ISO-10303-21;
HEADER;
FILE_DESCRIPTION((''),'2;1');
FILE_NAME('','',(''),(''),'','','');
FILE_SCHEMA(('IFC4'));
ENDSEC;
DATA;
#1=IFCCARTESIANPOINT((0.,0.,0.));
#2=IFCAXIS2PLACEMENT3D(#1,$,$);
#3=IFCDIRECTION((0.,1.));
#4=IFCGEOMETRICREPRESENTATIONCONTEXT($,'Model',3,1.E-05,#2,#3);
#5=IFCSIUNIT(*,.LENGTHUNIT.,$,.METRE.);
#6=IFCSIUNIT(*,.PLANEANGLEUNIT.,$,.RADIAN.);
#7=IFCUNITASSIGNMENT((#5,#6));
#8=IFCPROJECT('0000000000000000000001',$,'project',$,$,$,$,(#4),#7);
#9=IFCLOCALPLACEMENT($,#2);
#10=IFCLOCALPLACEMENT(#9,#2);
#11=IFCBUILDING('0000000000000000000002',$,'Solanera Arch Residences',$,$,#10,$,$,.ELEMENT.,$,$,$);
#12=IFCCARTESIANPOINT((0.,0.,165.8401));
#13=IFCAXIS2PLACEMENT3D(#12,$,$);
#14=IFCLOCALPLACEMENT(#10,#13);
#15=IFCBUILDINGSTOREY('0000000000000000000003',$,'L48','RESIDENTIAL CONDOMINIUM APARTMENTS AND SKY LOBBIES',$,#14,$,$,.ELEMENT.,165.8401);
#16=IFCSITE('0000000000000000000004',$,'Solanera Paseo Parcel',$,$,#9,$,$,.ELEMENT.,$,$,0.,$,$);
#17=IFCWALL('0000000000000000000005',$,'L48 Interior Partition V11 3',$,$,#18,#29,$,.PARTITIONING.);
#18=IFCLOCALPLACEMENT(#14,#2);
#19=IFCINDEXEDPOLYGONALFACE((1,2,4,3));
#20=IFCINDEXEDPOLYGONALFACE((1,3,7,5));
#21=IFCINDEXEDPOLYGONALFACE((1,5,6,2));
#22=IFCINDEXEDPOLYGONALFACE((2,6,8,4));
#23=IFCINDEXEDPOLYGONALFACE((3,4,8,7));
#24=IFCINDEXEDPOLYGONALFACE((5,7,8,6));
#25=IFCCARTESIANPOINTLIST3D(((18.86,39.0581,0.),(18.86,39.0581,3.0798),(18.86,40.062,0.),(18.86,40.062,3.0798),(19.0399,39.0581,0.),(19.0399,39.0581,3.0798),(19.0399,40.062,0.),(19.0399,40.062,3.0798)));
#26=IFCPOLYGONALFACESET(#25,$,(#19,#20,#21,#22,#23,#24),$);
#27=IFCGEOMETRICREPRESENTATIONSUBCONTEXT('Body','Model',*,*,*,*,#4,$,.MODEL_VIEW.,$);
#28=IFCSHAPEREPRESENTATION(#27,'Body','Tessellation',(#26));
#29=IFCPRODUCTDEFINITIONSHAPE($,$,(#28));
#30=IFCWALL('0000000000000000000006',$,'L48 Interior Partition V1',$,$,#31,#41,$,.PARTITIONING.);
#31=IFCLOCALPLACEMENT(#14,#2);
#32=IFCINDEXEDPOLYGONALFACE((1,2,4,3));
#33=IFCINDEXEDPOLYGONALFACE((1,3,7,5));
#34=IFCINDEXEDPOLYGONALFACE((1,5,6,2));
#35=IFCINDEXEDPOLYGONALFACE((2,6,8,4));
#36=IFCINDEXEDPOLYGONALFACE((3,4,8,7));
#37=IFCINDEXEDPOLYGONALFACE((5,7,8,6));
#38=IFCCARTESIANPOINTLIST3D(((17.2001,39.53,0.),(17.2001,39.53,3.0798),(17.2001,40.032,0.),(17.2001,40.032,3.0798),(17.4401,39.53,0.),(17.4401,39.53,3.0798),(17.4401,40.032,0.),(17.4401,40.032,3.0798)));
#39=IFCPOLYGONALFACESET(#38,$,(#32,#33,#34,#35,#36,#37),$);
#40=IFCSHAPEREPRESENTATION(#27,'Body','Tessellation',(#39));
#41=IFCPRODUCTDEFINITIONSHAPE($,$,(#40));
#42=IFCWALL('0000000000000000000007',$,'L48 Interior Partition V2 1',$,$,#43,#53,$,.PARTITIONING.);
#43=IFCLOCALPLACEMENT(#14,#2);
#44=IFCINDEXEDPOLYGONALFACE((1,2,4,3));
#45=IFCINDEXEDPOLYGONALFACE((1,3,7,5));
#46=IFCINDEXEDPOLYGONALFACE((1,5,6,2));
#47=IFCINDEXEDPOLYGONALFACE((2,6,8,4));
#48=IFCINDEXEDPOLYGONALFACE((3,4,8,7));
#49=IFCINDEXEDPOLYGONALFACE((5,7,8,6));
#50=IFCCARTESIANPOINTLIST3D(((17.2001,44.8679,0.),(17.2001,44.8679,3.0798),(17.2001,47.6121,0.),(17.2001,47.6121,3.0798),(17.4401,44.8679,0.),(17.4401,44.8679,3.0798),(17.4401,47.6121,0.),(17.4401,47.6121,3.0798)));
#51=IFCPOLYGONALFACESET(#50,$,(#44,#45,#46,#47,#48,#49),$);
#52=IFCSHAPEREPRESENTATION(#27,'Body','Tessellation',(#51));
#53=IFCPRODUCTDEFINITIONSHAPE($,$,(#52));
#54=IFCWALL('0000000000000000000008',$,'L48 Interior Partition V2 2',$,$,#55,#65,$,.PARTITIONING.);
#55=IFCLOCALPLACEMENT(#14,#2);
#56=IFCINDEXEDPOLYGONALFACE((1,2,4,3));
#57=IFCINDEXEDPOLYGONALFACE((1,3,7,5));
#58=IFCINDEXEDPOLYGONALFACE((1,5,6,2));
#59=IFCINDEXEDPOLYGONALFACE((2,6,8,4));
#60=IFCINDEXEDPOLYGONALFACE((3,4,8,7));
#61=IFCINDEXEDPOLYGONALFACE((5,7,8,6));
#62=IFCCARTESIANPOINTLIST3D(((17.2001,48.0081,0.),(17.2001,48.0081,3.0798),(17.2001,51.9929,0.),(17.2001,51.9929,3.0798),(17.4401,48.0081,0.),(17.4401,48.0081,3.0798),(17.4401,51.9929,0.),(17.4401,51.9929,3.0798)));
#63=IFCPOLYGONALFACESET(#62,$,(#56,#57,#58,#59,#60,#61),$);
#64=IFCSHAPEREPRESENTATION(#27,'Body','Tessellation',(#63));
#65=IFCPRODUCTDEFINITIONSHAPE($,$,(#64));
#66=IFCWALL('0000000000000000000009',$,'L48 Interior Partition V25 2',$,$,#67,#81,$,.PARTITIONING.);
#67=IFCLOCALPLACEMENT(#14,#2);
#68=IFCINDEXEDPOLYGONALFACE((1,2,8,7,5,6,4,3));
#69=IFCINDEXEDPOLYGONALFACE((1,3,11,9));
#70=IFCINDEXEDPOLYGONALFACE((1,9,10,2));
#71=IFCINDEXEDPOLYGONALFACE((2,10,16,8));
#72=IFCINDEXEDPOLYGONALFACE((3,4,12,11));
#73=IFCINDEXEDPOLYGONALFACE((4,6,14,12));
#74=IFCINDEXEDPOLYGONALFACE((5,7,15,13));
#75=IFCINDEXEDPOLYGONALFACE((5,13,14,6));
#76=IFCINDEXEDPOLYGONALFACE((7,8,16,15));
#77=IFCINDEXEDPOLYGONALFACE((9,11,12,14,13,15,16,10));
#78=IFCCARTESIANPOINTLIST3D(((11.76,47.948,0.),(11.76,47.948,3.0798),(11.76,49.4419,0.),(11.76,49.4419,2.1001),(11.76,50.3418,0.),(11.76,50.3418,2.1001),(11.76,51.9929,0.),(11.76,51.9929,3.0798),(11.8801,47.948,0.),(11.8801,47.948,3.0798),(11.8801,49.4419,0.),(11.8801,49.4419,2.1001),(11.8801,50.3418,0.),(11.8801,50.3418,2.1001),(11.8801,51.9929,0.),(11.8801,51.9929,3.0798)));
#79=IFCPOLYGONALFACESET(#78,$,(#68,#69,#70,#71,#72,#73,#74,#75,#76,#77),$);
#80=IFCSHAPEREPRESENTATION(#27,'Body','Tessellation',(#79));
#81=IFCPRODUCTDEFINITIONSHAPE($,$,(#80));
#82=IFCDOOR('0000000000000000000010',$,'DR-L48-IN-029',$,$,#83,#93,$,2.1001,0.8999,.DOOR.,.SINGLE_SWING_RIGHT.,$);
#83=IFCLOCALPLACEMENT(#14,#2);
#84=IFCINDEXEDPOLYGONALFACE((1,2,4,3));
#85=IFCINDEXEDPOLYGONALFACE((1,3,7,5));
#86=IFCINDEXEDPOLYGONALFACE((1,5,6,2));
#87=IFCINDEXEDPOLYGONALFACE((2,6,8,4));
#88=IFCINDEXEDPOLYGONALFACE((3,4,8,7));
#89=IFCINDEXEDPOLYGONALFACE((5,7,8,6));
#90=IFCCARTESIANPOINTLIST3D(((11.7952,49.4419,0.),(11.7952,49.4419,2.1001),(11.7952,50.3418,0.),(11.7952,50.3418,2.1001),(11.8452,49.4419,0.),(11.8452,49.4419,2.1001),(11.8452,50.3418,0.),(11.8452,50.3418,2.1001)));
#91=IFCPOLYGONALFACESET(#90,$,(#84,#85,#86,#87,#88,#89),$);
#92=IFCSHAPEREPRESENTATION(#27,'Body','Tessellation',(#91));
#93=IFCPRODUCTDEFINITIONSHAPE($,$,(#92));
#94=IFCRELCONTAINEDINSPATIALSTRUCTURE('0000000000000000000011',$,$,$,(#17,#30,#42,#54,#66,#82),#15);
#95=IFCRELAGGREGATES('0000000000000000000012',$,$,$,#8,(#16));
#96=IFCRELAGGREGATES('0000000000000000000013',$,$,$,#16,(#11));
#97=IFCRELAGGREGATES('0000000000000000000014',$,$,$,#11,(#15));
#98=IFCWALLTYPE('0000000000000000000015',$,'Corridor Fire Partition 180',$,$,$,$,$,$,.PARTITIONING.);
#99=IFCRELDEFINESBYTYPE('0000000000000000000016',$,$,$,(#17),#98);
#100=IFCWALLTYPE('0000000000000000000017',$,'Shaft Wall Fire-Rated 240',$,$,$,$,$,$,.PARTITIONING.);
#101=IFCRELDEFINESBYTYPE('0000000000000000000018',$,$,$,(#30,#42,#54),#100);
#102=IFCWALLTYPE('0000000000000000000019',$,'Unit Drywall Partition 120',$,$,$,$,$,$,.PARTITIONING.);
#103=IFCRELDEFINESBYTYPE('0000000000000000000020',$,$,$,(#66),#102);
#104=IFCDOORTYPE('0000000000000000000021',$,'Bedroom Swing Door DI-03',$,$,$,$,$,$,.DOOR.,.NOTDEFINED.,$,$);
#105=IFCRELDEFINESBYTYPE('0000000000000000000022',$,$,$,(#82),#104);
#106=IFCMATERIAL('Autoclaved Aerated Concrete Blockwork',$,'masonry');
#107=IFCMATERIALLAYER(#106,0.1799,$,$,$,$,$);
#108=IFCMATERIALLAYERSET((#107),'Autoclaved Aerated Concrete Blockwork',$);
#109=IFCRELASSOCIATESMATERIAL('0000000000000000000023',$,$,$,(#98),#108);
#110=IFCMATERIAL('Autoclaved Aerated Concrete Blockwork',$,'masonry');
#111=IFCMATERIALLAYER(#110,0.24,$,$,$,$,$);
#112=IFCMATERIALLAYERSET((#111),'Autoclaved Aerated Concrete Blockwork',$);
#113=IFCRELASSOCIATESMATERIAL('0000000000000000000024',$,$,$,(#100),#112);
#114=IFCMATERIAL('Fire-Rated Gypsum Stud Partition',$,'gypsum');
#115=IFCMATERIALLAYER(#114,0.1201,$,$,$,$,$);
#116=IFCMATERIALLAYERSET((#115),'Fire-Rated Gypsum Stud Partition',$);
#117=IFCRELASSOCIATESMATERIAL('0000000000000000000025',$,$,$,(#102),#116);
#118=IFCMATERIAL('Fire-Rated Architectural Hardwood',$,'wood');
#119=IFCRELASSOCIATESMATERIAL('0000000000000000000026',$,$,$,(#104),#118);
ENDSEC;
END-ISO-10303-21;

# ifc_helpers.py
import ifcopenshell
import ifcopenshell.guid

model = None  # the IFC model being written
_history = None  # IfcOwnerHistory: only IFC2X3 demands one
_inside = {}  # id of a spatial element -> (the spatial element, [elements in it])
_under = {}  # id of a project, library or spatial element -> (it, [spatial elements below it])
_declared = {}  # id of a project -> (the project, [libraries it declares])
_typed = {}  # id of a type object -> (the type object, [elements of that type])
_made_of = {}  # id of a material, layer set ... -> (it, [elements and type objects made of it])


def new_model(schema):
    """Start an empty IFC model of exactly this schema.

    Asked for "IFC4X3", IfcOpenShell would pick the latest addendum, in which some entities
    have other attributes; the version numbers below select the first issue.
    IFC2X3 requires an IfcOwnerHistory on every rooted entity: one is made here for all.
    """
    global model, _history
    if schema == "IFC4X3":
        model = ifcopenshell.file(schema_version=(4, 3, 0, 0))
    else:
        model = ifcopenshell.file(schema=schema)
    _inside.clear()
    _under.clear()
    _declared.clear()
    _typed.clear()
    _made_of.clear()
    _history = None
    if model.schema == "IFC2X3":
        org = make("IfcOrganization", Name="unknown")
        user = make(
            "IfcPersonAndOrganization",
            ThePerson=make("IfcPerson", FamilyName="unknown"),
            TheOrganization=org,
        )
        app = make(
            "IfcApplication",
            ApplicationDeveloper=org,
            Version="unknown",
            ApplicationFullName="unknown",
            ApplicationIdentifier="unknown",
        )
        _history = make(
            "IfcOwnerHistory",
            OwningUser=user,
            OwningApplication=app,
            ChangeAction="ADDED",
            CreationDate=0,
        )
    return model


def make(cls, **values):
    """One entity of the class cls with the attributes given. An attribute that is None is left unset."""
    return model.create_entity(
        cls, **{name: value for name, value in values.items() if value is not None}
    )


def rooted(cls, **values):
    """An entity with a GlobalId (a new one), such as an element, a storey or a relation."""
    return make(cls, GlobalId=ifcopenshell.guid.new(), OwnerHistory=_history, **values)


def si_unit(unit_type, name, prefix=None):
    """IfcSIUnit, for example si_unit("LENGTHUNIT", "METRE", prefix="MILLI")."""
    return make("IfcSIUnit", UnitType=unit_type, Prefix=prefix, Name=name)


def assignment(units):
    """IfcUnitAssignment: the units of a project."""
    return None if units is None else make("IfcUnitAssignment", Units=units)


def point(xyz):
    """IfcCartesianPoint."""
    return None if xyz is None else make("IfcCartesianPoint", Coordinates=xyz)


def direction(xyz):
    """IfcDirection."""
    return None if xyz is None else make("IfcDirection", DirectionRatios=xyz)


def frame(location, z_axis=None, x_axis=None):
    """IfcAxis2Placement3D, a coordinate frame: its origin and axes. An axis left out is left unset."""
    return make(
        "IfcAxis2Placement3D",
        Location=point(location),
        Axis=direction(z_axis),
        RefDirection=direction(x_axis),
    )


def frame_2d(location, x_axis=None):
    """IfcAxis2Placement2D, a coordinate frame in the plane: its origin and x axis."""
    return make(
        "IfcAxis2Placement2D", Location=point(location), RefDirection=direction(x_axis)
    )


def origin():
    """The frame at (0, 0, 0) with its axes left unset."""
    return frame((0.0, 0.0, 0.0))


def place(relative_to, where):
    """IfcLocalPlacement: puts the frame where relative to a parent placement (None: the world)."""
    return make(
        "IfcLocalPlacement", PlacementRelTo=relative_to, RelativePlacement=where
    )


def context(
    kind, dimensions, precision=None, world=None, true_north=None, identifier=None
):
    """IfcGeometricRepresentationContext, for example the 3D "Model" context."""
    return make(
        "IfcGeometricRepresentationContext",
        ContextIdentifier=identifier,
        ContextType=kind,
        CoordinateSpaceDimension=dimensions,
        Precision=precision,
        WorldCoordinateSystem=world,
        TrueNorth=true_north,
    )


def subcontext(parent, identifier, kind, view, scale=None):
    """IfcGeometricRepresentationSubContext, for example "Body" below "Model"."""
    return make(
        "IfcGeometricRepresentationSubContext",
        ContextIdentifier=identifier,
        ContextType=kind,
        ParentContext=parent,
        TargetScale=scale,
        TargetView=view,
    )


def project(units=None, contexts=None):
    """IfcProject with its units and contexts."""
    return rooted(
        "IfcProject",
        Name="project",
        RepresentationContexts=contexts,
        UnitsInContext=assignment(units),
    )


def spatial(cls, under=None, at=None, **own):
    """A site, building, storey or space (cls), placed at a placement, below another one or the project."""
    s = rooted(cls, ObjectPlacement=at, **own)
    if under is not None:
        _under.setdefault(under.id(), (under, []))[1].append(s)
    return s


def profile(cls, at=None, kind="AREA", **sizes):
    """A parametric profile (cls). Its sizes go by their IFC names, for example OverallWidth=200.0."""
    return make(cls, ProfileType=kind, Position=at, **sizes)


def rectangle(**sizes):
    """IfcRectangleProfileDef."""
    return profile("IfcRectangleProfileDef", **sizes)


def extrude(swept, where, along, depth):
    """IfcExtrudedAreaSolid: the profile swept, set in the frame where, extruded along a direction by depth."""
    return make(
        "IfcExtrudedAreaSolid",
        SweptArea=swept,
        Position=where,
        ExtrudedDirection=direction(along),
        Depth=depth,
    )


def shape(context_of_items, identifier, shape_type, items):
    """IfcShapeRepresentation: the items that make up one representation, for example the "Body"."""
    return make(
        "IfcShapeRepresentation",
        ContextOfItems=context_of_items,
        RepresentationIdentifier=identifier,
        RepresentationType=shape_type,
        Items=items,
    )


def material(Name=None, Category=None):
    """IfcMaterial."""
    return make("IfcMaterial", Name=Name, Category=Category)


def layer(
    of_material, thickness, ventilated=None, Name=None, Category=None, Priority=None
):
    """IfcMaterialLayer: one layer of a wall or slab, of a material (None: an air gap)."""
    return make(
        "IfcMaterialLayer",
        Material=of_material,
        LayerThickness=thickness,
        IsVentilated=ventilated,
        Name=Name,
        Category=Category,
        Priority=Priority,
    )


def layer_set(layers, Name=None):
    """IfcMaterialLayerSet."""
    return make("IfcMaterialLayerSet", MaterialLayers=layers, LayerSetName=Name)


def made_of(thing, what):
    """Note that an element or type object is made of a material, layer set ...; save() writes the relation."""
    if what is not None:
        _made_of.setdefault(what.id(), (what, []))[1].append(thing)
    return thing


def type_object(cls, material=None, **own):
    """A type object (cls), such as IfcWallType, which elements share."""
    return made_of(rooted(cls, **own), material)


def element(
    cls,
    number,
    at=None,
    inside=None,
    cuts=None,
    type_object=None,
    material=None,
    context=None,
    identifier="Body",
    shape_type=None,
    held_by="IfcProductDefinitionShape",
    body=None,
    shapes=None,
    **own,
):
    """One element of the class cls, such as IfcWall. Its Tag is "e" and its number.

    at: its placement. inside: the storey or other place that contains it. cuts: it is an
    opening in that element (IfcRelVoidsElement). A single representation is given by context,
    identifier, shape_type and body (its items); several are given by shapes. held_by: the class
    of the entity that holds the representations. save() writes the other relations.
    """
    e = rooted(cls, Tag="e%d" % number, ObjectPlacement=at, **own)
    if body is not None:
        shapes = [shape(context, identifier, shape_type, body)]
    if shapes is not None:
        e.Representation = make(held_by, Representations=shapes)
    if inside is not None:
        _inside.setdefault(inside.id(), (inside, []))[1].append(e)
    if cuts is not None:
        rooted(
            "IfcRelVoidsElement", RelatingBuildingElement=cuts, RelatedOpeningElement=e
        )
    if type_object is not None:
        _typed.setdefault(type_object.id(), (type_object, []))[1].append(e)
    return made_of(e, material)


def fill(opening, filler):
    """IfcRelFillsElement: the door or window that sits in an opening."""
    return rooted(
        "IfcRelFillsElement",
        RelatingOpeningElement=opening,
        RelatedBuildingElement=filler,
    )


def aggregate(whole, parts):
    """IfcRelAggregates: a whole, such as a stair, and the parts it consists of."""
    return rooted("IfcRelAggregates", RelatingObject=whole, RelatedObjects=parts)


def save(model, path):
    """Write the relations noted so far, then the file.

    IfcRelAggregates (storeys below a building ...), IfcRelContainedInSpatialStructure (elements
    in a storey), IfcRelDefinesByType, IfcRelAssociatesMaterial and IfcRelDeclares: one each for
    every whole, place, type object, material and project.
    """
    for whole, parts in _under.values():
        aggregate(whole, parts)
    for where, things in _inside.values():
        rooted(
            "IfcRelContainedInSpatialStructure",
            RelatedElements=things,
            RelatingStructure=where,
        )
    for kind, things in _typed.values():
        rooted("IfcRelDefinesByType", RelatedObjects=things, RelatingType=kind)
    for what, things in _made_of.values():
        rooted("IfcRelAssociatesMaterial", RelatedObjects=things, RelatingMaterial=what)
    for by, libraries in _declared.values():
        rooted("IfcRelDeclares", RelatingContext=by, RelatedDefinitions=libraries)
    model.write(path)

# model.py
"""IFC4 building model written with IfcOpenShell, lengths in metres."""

from ifc_helpers import new_model, si_unit, direction, frame, frame_2d, origin, place, context, subcontext, project, spatial, rectangle, extrude, material, layer, layer_set, type_object, element, fill, save


model = new_model("IFC4")

# Units and contexts
model_context = context("Model", 3, precision=1e-05, world=origin(), true_north=direction((0.0, 1.0)))
body_context = subcontext(model_context, "Body", "Model", "MODEL_VIEW")
ifc_project = project(units=[si_unit("LENGTHUNIT", "METRE"), si_unit("PLANEANGLEUNIT", "RADIAN")], contexts=[model_context])

# Site, building, storey
site_placement = place(None, origin())
site = spatial("IfcSite", under=ifc_project, at=site_placement, Name="Solanera Paseo Parcel", CompositionType="ELEMENT", RefElevation=0.0)
building_placement = place(site_placement, origin())
building = spatial("IfcBuilding", under=site, at=building_placement, Name="Solanera Arch Residences", CompositionType="ELEMENT")
storey_placement = place(building_placement, frame((0.0, 0.0, 165.8401)))
storey = spatial("IfcBuildingStorey", under=building, at=storey_placement, Name="L48", Description="RESIDENTIAL CONDOMINIUM APARTMENTS AND SKY LOBBIES", CompositionType="ELEMENT", Elevation=165.8401)

# Walls
ifc_material_1 = material(Name="Autoclaved Aerated Concrete Blockwork", Category="masonry")
ifc_layer_1 = layer(ifc_material_1, 0.1799)
ifc_layer_set_1 = layer_set([ifc_layer_1], Name="Autoclaved Aerated Concrete Blockwork")
wall_type_1 = type_object("IfcWallType", Name="Corridor Fire Partition 180", PredefinedType="PARTITIONING", material=ifc_layer_set_1)
wall_1_placement = place(storey_placement, frame((18.95, 39.0581, 0.0), z_axis=(0.0, 0.0, 1.0), x_axis=(0.0, 1.0, 0.0)))
element("IfcWall", 1, at=wall_1_placement, inside=storey, type_object=wall_type_1, Name="L48 Interior Partition V11 3", PredefinedType="PARTITIONING", context=body_context, shape_type="SweptSolid", body=[
    extrude(rectangle(XDim=1.0039, YDim=0.1799, at=frame_2d((0.502, 0.0))), origin(), (0.0, 0.0, 1.0), 3.0798),
])
ifc_material_2 = material(Name="Autoclaved Aerated Concrete Blockwork", Category="masonry")
ifc_layer_2 = layer(ifc_material_2, 0.24)
ifc_layer_set_2 = layer_set([ifc_layer_2], Name="Autoclaved Aerated Concrete Blockwork")
wall_type_2 = type_object("IfcWallType", Name="Shaft Wall Fire-Rated 240", PredefinedType="PARTITIONING", material=ifc_layer_set_2)
wall_2_placement = place(storey_placement, frame((17.3201, 39.53, 0.0), z_axis=(0.0, 0.0, 1.0), x_axis=(0.0, 1.0, 0.0)))
element("IfcWall", 2, at=wall_2_placement, inside=storey, type_object=wall_type_2, Name="L48 Interior Partition V1", PredefinedType="PARTITIONING", context=body_context, shape_type="SweptSolid", body=[
    extrude(rectangle(XDim=0.502, YDim=0.24, at=frame_2d((0.251, 0.0))), origin(), (0.0, 0.0, 1.0), 3.0798),
])
wall_3_placement = place(storey_placement, frame((17.3201, 44.8679, 0.0), z_axis=(0.0, 0.0, 1.0), x_axis=(0.0, 1.0, 0.0)))
element("IfcWall", 3, at=wall_3_placement, inside=storey, type_object=wall_type_2, Name="L48 Interior Partition V2 1", PredefinedType="PARTITIONING", context=body_context, shape_type="SweptSolid", body=[
    extrude(rectangle(XDim=2.7441, YDim=0.24, at=frame_2d((1.3721, 0.0))), origin(), (0.0, 0.0, 1.0), 3.0798),
])
wall_4_placement = place(storey_placement, frame((17.3201, 48.0081, 0.0), z_axis=(0.0, 0.0, 1.0), x_axis=(0.0, 1.0, 0.0)))
element("IfcWall", 4, at=wall_4_placement, inside=storey, type_object=wall_type_2, Name="L48 Interior Partition V2 2", PredefinedType="PARTITIONING", context=body_context, shape_type="SweptSolid", body=[
    extrude(rectangle(XDim=3.9849, YDim=0.24, at=frame_2d((1.9924, 0.0))), origin(), (0.0, 0.0, 1.0), 3.0798),
])

# Wall, opening, door
ifc_material_3 = material(Name="Fire-Rated Gypsum Stud Partition", Category="gypsum")
ifc_layer_3 = layer(ifc_material_3, 0.1201)
ifc_layer_set_3 = layer_set([ifc_layer_3], Name="Fire-Rated Gypsum Stud Partition")
wall_type_3 = type_object("IfcWallType", Name="Unit Drywall Partition 120", PredefinedType="PARTITIONING", material=ifc_layer_set_3)
wall_5_placement = place(storey_placement, frame((11.8201, 47.948, 0.0), z_axis=(0.0, 0.0, 1.0), x_axis=(0.0, 1.0, 0.0)))
wall_5 = element("IfcWall", 5, at=wall_5_placement, inside=storey, type_object=wall_type_3, Name="L48 Interior Partition V25 2", PredefinedType="PARTITIONING", context=body_context, shape_type="SweptSolid", body=[
    extrude(rectangle(XDim=4.0449, YDim=0.1201, at=frame_2d((2.0225, 0.0))), origin(), (0.0, 0.0, 1.0), 3.0798),
])
opening_placement = place(wall_5_placement, frame((1.4939, 0.0, 0.0)))
opening = element("IfcOpeningElement", 6, at=opening_placement, cuts=wall_5, PredefinedType="OPENING", context=body_context, shape_type="SweptSolid", body=[
    extrude(rectangle(XDim=0.8999, YDim=2.1001, at=frame_2d((0.45, 1.05))), frame((0.0, 0.0701, 0.0), z_axis=(0.0, -1.0, 0.0), x_axis=(1.0, 0.0, 0.0)), (0.0, 0.0, 1.0), 0.1401),
])
ifc_material_4 = material(Name="Fire-Rated Architectural Hardwood", Category="wood")
door_type = type_object("IfcDoorType", Name="Bedroom Swing Door DI-03", OperationType="NOTDEFINED", PredefinedType="DOOR", material=ifc_material_4)
door_placement = place(opening_placement, origin())
door = element("IfcDoor", 7, at=door_placement, inside=storey, type_object=door_type, Name="DR-L48-IN-029", OperationType="SINGLE_SWING_RIGHT", OverallHeight=2.1001, OverallWidth=0.8999, PredefinedType="DOOR", context=body_context, shape_type="SweptSolid", body=[
    extrude(rectangle(XDim=0.8999, YDim=2.1001, at=frame_2d((0.45, 1.05))), frame((0.0, 0.0249, 0.0), z_axis=(0.0, -1.0, 0.0), x_axis=(1.0, 0.0, 0.0)), (0.0, 0.0, 1.0), 0.05),
])
fill(opening, door)

save(model, "model.ifc")
